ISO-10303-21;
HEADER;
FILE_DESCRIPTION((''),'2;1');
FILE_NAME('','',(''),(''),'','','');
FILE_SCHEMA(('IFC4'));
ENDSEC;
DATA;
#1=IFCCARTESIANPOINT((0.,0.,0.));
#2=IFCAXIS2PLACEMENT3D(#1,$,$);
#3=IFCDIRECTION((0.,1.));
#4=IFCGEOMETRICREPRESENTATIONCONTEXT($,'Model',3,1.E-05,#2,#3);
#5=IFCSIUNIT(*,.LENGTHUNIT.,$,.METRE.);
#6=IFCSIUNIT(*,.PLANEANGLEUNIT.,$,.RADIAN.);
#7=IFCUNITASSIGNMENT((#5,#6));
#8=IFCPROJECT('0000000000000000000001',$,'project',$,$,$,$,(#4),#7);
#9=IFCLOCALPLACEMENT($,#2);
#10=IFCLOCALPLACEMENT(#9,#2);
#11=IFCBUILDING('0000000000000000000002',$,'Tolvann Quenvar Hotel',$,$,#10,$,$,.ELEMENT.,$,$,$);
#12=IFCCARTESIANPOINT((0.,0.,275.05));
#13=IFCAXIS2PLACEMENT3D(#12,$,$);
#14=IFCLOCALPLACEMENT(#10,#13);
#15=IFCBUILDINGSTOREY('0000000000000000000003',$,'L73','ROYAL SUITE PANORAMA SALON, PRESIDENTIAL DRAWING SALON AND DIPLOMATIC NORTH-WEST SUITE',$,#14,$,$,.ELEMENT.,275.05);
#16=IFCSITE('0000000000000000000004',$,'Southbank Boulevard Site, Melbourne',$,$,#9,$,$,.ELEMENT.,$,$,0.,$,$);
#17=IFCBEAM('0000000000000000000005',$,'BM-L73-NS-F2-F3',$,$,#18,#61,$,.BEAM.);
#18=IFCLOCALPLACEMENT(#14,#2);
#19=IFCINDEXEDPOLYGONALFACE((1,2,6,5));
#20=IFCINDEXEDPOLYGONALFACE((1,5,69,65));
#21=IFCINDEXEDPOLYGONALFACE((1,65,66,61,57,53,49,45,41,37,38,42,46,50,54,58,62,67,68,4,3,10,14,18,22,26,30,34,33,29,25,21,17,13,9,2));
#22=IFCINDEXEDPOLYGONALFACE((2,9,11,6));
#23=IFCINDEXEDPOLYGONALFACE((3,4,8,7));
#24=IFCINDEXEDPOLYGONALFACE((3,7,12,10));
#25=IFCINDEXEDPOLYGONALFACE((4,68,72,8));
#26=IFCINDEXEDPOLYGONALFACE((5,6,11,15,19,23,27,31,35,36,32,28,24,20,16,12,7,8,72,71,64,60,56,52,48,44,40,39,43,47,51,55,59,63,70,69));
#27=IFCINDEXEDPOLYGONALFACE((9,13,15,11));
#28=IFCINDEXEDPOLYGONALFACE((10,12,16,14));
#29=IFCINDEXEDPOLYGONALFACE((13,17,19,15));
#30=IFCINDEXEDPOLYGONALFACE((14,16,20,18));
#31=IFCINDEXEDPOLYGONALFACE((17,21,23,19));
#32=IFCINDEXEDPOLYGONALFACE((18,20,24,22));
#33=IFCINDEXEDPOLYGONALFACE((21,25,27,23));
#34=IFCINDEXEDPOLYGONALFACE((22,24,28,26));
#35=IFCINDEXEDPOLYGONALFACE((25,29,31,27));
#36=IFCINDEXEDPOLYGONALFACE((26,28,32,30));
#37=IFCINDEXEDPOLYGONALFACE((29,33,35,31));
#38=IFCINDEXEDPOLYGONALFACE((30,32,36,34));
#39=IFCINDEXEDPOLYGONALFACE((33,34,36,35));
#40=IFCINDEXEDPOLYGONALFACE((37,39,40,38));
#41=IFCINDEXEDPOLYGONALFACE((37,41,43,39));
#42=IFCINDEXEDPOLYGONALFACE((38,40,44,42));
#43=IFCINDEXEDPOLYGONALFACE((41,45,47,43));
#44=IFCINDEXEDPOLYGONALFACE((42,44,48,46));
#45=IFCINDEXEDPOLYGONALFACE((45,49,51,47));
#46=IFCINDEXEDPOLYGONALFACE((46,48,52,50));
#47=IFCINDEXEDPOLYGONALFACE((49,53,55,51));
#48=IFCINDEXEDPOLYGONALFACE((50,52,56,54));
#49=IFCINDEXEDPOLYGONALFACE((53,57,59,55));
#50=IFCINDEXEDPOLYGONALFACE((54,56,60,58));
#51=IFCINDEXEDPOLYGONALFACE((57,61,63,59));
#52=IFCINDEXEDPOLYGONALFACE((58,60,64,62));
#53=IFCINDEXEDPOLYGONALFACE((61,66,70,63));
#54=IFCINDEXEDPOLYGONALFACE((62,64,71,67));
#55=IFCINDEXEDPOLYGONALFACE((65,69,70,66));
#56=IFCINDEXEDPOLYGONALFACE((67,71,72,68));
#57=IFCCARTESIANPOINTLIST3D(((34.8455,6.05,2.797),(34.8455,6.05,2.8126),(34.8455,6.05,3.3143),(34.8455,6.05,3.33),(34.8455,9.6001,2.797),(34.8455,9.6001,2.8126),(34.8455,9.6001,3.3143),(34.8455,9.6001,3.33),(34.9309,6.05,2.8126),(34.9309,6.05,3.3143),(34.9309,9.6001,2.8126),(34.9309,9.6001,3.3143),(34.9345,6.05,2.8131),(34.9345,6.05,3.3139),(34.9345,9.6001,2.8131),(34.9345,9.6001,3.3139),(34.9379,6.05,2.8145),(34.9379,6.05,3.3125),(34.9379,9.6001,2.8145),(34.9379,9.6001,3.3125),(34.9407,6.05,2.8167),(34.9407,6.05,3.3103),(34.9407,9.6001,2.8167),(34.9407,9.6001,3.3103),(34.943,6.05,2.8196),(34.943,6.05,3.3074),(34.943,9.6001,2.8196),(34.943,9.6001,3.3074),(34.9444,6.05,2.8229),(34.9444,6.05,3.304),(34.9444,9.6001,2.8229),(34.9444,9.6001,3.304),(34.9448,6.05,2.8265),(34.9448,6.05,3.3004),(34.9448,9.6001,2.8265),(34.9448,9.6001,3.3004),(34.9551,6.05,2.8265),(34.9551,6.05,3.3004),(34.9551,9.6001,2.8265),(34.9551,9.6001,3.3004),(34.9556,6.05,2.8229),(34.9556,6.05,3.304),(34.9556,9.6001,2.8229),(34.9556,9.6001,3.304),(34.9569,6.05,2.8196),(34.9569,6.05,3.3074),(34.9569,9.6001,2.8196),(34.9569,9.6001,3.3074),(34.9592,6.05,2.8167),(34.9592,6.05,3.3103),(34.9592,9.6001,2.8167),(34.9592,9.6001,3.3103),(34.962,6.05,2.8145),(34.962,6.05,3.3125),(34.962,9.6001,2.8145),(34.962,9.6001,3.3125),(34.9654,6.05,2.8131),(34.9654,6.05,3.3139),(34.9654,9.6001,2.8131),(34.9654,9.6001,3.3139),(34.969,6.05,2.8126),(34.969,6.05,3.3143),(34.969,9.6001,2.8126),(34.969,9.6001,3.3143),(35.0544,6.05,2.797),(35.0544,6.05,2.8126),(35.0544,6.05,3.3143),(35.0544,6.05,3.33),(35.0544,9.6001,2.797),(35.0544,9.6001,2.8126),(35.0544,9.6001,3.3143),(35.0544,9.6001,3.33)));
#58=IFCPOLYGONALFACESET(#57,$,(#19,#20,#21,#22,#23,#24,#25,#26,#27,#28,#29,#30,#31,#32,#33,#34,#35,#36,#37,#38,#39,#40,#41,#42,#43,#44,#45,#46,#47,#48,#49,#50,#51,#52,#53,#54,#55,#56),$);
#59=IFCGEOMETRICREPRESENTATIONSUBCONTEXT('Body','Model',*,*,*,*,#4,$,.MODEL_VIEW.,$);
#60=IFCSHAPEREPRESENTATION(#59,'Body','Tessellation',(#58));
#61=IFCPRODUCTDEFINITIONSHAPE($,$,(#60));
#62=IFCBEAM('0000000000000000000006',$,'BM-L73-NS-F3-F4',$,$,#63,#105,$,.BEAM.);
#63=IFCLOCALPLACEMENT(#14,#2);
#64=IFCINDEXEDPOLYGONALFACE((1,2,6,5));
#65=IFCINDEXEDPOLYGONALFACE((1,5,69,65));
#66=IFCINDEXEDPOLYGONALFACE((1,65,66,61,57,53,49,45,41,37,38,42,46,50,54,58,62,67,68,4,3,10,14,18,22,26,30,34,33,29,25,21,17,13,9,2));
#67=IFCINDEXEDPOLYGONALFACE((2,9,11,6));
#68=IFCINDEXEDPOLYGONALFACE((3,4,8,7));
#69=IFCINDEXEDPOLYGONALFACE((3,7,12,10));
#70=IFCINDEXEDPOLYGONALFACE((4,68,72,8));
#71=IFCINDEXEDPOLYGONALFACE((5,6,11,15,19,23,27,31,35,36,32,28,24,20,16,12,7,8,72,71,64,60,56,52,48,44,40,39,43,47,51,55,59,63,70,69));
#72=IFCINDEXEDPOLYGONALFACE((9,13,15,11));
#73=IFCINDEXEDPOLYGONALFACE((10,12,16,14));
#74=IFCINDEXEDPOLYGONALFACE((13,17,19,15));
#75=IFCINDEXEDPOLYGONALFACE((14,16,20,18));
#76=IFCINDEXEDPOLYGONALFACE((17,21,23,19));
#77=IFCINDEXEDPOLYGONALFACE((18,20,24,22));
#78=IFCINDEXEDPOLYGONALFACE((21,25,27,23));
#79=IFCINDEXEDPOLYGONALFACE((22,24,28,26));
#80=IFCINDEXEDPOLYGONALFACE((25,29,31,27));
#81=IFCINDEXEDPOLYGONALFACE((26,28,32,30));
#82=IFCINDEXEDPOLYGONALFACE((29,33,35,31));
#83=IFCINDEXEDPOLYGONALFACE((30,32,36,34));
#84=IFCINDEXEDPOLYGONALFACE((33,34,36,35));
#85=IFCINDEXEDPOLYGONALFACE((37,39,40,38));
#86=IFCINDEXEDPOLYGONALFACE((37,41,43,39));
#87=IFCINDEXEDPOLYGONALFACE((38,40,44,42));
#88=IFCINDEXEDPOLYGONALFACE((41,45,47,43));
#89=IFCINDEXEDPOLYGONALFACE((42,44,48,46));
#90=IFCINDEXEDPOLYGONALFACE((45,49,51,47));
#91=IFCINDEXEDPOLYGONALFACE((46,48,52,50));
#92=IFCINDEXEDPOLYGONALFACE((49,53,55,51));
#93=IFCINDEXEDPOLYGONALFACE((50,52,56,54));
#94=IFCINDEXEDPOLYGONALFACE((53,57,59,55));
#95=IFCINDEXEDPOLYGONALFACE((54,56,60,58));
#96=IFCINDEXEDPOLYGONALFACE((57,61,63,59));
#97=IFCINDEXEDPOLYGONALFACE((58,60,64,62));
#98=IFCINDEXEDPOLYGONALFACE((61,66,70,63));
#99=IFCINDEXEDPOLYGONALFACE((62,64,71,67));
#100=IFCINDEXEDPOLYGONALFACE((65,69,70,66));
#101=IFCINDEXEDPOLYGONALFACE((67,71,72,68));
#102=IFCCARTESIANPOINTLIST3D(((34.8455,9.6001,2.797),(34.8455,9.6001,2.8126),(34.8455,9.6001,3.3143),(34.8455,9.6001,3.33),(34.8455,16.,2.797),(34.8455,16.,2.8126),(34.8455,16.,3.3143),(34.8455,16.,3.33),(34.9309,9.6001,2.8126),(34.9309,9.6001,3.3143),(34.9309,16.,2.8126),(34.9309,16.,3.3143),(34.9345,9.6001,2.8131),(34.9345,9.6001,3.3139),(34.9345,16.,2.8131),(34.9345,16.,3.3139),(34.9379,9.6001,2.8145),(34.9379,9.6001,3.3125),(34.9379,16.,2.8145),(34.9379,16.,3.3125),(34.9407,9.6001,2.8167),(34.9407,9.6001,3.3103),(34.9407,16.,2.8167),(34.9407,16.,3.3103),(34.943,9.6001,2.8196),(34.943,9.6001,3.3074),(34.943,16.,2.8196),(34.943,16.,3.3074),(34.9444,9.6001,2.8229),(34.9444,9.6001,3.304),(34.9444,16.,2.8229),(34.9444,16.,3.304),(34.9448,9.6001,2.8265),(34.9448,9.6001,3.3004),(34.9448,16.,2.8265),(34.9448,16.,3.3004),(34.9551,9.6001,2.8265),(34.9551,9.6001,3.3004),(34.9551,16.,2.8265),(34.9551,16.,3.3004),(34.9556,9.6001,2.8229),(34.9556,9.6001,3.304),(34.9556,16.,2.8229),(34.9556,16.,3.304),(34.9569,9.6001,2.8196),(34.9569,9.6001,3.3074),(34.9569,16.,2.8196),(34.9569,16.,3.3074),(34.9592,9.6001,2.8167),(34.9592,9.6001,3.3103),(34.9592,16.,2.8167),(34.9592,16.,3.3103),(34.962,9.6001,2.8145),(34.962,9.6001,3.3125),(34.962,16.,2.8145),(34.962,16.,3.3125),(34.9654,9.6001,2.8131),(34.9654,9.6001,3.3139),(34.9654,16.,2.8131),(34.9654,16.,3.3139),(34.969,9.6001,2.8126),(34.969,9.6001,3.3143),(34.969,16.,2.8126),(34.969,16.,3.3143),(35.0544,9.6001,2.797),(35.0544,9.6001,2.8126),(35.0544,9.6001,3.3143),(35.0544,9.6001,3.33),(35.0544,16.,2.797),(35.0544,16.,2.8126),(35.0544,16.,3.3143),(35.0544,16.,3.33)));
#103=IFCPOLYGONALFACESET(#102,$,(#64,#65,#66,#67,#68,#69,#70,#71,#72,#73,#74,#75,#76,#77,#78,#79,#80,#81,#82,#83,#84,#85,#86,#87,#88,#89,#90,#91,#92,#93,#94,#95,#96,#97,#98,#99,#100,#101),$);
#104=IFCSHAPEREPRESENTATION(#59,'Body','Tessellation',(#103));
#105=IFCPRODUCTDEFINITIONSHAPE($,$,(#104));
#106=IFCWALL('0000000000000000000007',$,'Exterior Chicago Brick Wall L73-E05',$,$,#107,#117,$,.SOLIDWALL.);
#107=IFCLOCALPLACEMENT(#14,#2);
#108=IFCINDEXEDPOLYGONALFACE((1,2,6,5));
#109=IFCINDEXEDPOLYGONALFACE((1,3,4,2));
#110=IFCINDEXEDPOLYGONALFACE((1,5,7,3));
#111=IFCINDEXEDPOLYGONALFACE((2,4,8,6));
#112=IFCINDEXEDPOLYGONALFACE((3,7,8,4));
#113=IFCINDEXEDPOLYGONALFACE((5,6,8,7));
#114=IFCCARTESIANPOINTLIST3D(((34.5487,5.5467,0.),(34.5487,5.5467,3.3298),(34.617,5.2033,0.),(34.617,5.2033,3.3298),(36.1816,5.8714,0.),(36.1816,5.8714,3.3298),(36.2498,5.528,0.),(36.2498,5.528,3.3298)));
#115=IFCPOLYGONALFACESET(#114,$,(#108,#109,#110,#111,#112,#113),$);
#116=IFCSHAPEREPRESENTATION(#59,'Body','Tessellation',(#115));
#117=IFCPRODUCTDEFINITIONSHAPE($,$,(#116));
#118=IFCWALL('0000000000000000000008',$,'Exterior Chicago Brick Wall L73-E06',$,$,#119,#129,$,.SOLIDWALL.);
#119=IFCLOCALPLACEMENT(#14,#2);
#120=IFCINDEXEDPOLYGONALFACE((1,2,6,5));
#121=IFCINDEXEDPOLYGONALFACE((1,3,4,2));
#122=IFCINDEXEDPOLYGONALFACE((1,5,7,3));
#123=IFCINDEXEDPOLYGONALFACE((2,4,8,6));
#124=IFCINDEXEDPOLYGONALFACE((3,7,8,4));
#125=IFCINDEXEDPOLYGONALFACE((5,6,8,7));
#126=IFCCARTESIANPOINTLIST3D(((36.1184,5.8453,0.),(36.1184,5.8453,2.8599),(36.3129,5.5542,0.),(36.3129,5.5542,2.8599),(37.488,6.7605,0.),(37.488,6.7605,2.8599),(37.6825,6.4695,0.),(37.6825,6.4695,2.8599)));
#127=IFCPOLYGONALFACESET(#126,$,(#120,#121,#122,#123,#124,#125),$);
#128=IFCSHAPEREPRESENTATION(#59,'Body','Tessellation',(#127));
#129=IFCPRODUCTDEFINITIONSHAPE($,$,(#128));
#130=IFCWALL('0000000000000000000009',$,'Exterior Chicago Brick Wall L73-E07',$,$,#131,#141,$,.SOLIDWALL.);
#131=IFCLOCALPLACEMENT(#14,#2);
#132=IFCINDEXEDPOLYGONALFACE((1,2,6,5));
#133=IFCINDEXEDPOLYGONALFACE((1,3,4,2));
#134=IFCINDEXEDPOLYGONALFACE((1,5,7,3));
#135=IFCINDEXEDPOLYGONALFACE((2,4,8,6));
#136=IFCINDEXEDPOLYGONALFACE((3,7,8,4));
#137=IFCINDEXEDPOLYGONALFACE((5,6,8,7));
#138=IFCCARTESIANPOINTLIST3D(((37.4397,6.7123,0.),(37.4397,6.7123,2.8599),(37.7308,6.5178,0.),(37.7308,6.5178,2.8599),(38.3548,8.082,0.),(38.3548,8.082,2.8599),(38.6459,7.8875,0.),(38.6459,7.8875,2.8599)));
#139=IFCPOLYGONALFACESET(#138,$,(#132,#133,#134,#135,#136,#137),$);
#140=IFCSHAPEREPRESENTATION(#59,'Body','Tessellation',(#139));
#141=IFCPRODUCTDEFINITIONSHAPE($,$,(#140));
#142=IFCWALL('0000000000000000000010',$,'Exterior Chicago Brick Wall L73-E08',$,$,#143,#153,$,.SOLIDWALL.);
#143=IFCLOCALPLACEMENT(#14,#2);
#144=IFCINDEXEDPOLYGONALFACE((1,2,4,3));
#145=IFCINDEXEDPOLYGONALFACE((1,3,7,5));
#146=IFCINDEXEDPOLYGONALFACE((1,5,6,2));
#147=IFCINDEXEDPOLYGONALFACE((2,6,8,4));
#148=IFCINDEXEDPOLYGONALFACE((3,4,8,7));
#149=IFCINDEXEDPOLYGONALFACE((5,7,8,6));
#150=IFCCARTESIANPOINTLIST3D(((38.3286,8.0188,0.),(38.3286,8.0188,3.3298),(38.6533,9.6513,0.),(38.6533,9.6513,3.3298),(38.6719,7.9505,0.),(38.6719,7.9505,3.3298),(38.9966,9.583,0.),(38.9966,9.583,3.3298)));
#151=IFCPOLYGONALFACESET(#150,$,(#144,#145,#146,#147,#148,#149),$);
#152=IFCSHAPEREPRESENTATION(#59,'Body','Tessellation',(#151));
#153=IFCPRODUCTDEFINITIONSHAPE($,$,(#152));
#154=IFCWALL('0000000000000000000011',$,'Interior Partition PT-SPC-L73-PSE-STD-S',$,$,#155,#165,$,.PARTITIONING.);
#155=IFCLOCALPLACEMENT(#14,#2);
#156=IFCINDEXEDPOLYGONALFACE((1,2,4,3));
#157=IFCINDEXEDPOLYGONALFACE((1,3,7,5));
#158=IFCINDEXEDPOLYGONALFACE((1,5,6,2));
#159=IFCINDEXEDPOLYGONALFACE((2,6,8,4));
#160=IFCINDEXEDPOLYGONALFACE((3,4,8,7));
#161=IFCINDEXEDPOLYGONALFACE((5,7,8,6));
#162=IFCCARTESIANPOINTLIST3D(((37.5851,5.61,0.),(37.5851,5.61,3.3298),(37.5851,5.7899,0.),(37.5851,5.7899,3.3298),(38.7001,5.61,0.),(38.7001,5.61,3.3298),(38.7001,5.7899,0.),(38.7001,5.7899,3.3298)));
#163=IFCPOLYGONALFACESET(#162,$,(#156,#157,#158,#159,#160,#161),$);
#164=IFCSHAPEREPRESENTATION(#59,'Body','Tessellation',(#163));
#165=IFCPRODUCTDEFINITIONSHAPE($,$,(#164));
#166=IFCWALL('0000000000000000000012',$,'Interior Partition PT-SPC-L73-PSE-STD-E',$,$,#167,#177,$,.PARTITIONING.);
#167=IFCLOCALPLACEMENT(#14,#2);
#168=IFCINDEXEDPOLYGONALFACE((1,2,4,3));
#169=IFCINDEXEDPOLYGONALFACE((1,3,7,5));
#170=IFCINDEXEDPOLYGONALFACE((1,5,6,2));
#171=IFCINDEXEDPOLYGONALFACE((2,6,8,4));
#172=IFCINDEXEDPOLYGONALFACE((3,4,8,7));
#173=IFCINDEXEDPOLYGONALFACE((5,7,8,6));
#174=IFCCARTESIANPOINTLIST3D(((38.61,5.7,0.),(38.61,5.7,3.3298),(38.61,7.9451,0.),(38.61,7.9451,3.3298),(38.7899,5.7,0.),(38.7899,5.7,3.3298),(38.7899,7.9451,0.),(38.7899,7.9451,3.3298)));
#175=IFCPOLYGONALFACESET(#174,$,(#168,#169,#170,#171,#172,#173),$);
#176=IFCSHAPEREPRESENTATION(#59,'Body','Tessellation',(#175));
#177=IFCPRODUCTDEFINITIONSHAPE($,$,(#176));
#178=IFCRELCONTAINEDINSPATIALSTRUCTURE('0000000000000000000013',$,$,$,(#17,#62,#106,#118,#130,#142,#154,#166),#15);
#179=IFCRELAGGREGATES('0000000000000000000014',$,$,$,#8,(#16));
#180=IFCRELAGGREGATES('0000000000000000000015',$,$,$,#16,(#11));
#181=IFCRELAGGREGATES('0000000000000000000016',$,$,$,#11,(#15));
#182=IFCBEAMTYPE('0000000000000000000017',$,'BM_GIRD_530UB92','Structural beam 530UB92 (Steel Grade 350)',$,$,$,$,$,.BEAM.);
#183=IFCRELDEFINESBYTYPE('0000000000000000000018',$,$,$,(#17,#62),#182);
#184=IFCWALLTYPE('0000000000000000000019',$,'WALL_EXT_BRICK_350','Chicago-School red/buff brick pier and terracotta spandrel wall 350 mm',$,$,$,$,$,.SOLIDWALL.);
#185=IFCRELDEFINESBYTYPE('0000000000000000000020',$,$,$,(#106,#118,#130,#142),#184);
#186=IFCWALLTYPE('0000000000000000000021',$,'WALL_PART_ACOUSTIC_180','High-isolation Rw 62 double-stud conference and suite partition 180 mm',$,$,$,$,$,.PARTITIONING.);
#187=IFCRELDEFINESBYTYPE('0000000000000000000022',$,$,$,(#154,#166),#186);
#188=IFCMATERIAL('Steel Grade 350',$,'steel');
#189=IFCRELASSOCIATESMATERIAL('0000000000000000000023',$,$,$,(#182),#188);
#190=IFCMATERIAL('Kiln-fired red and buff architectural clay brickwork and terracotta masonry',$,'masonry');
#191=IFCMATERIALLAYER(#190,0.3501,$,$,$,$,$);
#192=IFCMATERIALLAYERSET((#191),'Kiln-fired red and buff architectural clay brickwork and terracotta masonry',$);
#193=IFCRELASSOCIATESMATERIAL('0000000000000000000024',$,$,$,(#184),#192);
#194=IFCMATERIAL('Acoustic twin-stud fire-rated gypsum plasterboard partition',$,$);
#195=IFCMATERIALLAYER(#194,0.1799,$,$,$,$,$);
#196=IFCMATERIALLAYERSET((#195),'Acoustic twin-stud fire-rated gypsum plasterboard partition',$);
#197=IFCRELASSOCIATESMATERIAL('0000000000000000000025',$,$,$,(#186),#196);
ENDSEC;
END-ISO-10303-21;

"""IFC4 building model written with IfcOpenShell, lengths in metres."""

from ifc_helpers import new_model, si_unit, direction, frame, frame_2d, origin, origin_2d, place, context, subcontext, project, spatial, rectangle, i_section, extrude, source, transform, mapped, material, layer, layer_set, material_profile, profile_set, type_object, element, save


model = new_model("IFC4")

# Units and contexts
model_context = context("Model", 3, precision=1e-05, world=origin(), true_north=direction((0.0, 1.0)))
body_context = subcontext(model_context, "Body", "Model", "MODEL_VIEW")
ifc_project = project(units=[si_unit("LENGTHUNIT", "METRE"), si_unit("PLANEANGLEUNIT", "RADIAN")], contexts=[model_context])

# Site, building, storey
site_placement = place(None, origin())
site = spatial("IfcSite", under=ifc_project, at=site_placement, Name="Southbank Boulevard Site, Melbourne", CompositionType="ELEMENT", RefElevation=0.0)
building_placement = place(site_placement, origin())
building = spatial("IfcBuilding", under=site, at=building_placement, Name="Tolvann Quenvar Hotel", CompositionType="ELEMENT")
storey_placement = place(building_placement, frame((0.0, 0.0, 275.05)))
storey = spatial("IfcBuildingStorey", under=building, at=storey_placement, Name="L73", Description="ROYAL SUITE PANORAMA SALON, PRESIDENTIAL DRAWING SALON AND DIPLOMATIC NORTH-WEST SUITE", CompositionType="ELEMENT", Elevation=275.05)

# Shared definitions
ifc_material_1 = material(Name="Steel Grade 350", Category="steel")

# Beams
ifc_material_profile_1 = material_profile(ifc_material_1, i_section(OverallWidth=0.209, OverallDepth=0.533, WebThickness=0.0103, FlangeThickness=0.0156, FilletRadius=0.0139, at=origin_2d()), Name="530UB92")
ifc_profile_set_1 = profile_set([ifc_material_profile_1], Name="Steel Grade 350")
beam_type_1 = type_object("IfcBeamType", Name="BM_GIRD_530UB92", Description="Structural beam 530UB92 (Steel Grade 350)", PredefinedType="BEAM", material=ifc_profile_set_1)
shared_shape_1 = source(origin(), body_context, "Body", "SweptSolid", [
    extrude(i_section(OverallWidth=0.209, OverallDepth=0.533, WebThickness=0.0103, FlangeThickness=0.0156, FilletRadius=0.0139, at=origin_2d()), origin(), (0.0, 0.0, 1.0), 3.55),
])
beam_1_placement = place(storey_placement, frame((34.95, 6.05, 3.0635), z_axis=(0.0, 1.0, 0.0), x_axis=(-1.0, 0.0, 0.0)))
element("IfcBeam", 1, at=beam_1_placement, inside=storey, type_object=beam_type_1, Name="BM-L73-NS-F2-F3", PredefinedType="BEAM", context=body_context, shape_type="MappedRepresentation", body=[
    mapped(shared_shape_1, transform((0.0, 0.0, 0.0), x_axis=(1.0, 0.0, 0.0), y_axis=(0.0, 1.0, 0.0), z_axis=(0.0, 0.0, 1.0), scale=1.0)),
])
shared_shape_2 = source(origin(), body_context, "Body", "SweptSolid", [
    extrude(i_section(OverallWidth=0.209, OverallDepth=0.533, WebThickness=0.0103, FlangeThickness=0.0156, FilletRadius=0.0139, at=origin_2d()), origin(), (0.0, 0.0, 1.0), 6.3999),
])
beam_2_placement = place(storey_placement, frame((34.95, 9.6001, 3.0635), z_axis=(0.0, 1.0, 0.0), x_axis=(-1.0, 0.0, 0.0)))
element("IfcBeam", 2, at=beam_2_placement, inside=storey, type_object=beam_type_1, Name="BM-L73-NS-F3-F4", PredefinedType="BEAM", context=body_context, shape_type="MappedRepresentation", body=[
    mapped(shared_shape_2, transform((0.0, 0.0, 0.0), x_axis=(1.0, 0.0, 0.0), y_axis=(0.0, 1.0, 0.0), z_axis=(0.0, 0.0, 1.0), scale=1.0)),
])

# Walls
ifc_material_2 = material(Name="Kiln-fired red and buff architectural clay brickwork and terracotta masonry", Category="masonry")
ifc_layer_1 = layer(ifc_material_2, 0.3501)
ifc_layer_set_1 = layer_set([ifc_layer_1], Name="Kiln-fired red and buff architectural clay brickwork and terracotta masonry")
wall_type_1 = type_object("IfcWallType", Name="WALL_EXT_BRICK_350", Description="Chicago-School red/buff brick pier and terracotta spandrel wall 350 mm", PredefinedType="SOLIDWALL", material=ifc_layer_set_1)
wall_1_placement = place(storey_placement, frame((34.5828, 5.375, 0.0), z_axis=(0.0, 0.0, 1.0), x_axis=(0.980794, 0.195044, 0.0)))
element("IfcWall", 3, at=wall_1_placement, inside=storey, type_object=wall_type_1, Name="Exterior Chicago Brick Wall L73-E05", PredefinedType="SOLIDWALL", context=body_context, shape_type="SweptSolid", body=[
    extrude(rectangle(XDim=1.6648, YDim=0.3501, at=frame_2d((0.8325, 0.0))), origin(), (0.0, 0.0, 1.0), 3.3298),
])
for number, where, z_axis, x_axis, name in (
    (4, (36.2156, 5.6997, 0.0), (0.0, 0.0, 1.0), (0.831434, 0.555623, 0.0), "Exterior Chicago Brick Wall L73-E06"),
    (5, (37.5852, 6.615, 0.0), (0.0, 0.0, 1.0), (0.555521, 0.831503, 0.0), "Exterior Chicago Brick Wall L73-E07"),
):
    element("IfcWall", number, at=place(storey_placement, frame(where, z_axis=z_axis, x_axis=x_axis)), inside=storey, type_object=wall_type_1, Name=name, PredefinedType="SOLIDWALL", context=body_context, shape_type="SweptSolid", body=[
        extrude(rectangle(XDim=1.6472, YDim=0.3501, at=frame_2d((0.8237, 0.0))), origin(), (0.0, 0.0, 1.0), 2.8599),
    ])
wall_2_placement = place(storey_placement, frame((38.5002, 7.9846, 0.0), z_axis=(0.0, 0.0, 1.0), x_axis=(0.195072, 0.980789, 0.0)))
element("IfcWall", 6, at=wall_2_placement, inside=storey, type_object=wall_type_1, Name="Exterior Chicago Brick Wall L73-E08", PredefinedType="SOLIDWALL", context=body_context, shape_type="SweptSolid", body=[
    extrude(rectangle(XDim=1.6646, YDim=0.3501, at=frame_2d((0.8323, 0.0))), origin(), (0.0, 0.0, 1.0), 3.3298),
])
ifc_material_3 = material(Name="Acoustic twin-stud fire-rated gypsum plasterboard partition")
ifc_layer_2 = layer(ifc_material_3, 0.1799)
ifc_layer_set_2 = layer_set([ifc_layer_2], Name="Acoustic twin-stud fire-rated gypsum plasterboard partition")
wall_type_2 = type_object("IfcWallType", Name="WALL_PART_ACOUSTIC_180", Description="High-isolation Rw 62 double-stud conference and suite partition 180 mm", PredefinedType="PARTITIONING", material=ifc_layer_set_2)
wall_3_placement = place(storey_placement, frame((37.585, 5.7, 0.0), z_axis=(0.0, 0.0, 1.0), x_axis=(1.0, 0.0, 0.0)))
element("IfcWall", 7, at=wall_3_placement, inside=storey, type_object=wall_type_2, Name="Interior Partition PT-SPC-L73-PSE-STD-S", PredefinedType="PARTITIONING", context=body_context, shape_type="SweptSolid", body=[
    extrude(rectangle(XDim=1.115, YDim=0.1799, at=frame_2d((0.5576, 0.0))), origin(), (0.0, 0.0, 1.0), 3.3298),
])

# Wall
wall_4_placement = place(storey_placement, frame((38.7, 5.7, 0.0), z_axis=(0.0, 0.0, 1.0), x_axis=(0.0, 1.0, 0.0)))
element("IfcWall", 8, at=wall_4_placement, inside=storey, type_object=wall_type_2, Name="Interior Partition PT-SPC-L73-PSE-STD-E", PredefinedType="PARTITIONING", context=body_context, shape_type="SweptSolid", body=[
    extrude(rectangle(XDim=2.2451, YDim=0.1799, at=frame_2d((1.1226, 0.0))), origin(), (0.0, 0.0, 1.0), 3.3298),
])

save(model, "model.ifc")
